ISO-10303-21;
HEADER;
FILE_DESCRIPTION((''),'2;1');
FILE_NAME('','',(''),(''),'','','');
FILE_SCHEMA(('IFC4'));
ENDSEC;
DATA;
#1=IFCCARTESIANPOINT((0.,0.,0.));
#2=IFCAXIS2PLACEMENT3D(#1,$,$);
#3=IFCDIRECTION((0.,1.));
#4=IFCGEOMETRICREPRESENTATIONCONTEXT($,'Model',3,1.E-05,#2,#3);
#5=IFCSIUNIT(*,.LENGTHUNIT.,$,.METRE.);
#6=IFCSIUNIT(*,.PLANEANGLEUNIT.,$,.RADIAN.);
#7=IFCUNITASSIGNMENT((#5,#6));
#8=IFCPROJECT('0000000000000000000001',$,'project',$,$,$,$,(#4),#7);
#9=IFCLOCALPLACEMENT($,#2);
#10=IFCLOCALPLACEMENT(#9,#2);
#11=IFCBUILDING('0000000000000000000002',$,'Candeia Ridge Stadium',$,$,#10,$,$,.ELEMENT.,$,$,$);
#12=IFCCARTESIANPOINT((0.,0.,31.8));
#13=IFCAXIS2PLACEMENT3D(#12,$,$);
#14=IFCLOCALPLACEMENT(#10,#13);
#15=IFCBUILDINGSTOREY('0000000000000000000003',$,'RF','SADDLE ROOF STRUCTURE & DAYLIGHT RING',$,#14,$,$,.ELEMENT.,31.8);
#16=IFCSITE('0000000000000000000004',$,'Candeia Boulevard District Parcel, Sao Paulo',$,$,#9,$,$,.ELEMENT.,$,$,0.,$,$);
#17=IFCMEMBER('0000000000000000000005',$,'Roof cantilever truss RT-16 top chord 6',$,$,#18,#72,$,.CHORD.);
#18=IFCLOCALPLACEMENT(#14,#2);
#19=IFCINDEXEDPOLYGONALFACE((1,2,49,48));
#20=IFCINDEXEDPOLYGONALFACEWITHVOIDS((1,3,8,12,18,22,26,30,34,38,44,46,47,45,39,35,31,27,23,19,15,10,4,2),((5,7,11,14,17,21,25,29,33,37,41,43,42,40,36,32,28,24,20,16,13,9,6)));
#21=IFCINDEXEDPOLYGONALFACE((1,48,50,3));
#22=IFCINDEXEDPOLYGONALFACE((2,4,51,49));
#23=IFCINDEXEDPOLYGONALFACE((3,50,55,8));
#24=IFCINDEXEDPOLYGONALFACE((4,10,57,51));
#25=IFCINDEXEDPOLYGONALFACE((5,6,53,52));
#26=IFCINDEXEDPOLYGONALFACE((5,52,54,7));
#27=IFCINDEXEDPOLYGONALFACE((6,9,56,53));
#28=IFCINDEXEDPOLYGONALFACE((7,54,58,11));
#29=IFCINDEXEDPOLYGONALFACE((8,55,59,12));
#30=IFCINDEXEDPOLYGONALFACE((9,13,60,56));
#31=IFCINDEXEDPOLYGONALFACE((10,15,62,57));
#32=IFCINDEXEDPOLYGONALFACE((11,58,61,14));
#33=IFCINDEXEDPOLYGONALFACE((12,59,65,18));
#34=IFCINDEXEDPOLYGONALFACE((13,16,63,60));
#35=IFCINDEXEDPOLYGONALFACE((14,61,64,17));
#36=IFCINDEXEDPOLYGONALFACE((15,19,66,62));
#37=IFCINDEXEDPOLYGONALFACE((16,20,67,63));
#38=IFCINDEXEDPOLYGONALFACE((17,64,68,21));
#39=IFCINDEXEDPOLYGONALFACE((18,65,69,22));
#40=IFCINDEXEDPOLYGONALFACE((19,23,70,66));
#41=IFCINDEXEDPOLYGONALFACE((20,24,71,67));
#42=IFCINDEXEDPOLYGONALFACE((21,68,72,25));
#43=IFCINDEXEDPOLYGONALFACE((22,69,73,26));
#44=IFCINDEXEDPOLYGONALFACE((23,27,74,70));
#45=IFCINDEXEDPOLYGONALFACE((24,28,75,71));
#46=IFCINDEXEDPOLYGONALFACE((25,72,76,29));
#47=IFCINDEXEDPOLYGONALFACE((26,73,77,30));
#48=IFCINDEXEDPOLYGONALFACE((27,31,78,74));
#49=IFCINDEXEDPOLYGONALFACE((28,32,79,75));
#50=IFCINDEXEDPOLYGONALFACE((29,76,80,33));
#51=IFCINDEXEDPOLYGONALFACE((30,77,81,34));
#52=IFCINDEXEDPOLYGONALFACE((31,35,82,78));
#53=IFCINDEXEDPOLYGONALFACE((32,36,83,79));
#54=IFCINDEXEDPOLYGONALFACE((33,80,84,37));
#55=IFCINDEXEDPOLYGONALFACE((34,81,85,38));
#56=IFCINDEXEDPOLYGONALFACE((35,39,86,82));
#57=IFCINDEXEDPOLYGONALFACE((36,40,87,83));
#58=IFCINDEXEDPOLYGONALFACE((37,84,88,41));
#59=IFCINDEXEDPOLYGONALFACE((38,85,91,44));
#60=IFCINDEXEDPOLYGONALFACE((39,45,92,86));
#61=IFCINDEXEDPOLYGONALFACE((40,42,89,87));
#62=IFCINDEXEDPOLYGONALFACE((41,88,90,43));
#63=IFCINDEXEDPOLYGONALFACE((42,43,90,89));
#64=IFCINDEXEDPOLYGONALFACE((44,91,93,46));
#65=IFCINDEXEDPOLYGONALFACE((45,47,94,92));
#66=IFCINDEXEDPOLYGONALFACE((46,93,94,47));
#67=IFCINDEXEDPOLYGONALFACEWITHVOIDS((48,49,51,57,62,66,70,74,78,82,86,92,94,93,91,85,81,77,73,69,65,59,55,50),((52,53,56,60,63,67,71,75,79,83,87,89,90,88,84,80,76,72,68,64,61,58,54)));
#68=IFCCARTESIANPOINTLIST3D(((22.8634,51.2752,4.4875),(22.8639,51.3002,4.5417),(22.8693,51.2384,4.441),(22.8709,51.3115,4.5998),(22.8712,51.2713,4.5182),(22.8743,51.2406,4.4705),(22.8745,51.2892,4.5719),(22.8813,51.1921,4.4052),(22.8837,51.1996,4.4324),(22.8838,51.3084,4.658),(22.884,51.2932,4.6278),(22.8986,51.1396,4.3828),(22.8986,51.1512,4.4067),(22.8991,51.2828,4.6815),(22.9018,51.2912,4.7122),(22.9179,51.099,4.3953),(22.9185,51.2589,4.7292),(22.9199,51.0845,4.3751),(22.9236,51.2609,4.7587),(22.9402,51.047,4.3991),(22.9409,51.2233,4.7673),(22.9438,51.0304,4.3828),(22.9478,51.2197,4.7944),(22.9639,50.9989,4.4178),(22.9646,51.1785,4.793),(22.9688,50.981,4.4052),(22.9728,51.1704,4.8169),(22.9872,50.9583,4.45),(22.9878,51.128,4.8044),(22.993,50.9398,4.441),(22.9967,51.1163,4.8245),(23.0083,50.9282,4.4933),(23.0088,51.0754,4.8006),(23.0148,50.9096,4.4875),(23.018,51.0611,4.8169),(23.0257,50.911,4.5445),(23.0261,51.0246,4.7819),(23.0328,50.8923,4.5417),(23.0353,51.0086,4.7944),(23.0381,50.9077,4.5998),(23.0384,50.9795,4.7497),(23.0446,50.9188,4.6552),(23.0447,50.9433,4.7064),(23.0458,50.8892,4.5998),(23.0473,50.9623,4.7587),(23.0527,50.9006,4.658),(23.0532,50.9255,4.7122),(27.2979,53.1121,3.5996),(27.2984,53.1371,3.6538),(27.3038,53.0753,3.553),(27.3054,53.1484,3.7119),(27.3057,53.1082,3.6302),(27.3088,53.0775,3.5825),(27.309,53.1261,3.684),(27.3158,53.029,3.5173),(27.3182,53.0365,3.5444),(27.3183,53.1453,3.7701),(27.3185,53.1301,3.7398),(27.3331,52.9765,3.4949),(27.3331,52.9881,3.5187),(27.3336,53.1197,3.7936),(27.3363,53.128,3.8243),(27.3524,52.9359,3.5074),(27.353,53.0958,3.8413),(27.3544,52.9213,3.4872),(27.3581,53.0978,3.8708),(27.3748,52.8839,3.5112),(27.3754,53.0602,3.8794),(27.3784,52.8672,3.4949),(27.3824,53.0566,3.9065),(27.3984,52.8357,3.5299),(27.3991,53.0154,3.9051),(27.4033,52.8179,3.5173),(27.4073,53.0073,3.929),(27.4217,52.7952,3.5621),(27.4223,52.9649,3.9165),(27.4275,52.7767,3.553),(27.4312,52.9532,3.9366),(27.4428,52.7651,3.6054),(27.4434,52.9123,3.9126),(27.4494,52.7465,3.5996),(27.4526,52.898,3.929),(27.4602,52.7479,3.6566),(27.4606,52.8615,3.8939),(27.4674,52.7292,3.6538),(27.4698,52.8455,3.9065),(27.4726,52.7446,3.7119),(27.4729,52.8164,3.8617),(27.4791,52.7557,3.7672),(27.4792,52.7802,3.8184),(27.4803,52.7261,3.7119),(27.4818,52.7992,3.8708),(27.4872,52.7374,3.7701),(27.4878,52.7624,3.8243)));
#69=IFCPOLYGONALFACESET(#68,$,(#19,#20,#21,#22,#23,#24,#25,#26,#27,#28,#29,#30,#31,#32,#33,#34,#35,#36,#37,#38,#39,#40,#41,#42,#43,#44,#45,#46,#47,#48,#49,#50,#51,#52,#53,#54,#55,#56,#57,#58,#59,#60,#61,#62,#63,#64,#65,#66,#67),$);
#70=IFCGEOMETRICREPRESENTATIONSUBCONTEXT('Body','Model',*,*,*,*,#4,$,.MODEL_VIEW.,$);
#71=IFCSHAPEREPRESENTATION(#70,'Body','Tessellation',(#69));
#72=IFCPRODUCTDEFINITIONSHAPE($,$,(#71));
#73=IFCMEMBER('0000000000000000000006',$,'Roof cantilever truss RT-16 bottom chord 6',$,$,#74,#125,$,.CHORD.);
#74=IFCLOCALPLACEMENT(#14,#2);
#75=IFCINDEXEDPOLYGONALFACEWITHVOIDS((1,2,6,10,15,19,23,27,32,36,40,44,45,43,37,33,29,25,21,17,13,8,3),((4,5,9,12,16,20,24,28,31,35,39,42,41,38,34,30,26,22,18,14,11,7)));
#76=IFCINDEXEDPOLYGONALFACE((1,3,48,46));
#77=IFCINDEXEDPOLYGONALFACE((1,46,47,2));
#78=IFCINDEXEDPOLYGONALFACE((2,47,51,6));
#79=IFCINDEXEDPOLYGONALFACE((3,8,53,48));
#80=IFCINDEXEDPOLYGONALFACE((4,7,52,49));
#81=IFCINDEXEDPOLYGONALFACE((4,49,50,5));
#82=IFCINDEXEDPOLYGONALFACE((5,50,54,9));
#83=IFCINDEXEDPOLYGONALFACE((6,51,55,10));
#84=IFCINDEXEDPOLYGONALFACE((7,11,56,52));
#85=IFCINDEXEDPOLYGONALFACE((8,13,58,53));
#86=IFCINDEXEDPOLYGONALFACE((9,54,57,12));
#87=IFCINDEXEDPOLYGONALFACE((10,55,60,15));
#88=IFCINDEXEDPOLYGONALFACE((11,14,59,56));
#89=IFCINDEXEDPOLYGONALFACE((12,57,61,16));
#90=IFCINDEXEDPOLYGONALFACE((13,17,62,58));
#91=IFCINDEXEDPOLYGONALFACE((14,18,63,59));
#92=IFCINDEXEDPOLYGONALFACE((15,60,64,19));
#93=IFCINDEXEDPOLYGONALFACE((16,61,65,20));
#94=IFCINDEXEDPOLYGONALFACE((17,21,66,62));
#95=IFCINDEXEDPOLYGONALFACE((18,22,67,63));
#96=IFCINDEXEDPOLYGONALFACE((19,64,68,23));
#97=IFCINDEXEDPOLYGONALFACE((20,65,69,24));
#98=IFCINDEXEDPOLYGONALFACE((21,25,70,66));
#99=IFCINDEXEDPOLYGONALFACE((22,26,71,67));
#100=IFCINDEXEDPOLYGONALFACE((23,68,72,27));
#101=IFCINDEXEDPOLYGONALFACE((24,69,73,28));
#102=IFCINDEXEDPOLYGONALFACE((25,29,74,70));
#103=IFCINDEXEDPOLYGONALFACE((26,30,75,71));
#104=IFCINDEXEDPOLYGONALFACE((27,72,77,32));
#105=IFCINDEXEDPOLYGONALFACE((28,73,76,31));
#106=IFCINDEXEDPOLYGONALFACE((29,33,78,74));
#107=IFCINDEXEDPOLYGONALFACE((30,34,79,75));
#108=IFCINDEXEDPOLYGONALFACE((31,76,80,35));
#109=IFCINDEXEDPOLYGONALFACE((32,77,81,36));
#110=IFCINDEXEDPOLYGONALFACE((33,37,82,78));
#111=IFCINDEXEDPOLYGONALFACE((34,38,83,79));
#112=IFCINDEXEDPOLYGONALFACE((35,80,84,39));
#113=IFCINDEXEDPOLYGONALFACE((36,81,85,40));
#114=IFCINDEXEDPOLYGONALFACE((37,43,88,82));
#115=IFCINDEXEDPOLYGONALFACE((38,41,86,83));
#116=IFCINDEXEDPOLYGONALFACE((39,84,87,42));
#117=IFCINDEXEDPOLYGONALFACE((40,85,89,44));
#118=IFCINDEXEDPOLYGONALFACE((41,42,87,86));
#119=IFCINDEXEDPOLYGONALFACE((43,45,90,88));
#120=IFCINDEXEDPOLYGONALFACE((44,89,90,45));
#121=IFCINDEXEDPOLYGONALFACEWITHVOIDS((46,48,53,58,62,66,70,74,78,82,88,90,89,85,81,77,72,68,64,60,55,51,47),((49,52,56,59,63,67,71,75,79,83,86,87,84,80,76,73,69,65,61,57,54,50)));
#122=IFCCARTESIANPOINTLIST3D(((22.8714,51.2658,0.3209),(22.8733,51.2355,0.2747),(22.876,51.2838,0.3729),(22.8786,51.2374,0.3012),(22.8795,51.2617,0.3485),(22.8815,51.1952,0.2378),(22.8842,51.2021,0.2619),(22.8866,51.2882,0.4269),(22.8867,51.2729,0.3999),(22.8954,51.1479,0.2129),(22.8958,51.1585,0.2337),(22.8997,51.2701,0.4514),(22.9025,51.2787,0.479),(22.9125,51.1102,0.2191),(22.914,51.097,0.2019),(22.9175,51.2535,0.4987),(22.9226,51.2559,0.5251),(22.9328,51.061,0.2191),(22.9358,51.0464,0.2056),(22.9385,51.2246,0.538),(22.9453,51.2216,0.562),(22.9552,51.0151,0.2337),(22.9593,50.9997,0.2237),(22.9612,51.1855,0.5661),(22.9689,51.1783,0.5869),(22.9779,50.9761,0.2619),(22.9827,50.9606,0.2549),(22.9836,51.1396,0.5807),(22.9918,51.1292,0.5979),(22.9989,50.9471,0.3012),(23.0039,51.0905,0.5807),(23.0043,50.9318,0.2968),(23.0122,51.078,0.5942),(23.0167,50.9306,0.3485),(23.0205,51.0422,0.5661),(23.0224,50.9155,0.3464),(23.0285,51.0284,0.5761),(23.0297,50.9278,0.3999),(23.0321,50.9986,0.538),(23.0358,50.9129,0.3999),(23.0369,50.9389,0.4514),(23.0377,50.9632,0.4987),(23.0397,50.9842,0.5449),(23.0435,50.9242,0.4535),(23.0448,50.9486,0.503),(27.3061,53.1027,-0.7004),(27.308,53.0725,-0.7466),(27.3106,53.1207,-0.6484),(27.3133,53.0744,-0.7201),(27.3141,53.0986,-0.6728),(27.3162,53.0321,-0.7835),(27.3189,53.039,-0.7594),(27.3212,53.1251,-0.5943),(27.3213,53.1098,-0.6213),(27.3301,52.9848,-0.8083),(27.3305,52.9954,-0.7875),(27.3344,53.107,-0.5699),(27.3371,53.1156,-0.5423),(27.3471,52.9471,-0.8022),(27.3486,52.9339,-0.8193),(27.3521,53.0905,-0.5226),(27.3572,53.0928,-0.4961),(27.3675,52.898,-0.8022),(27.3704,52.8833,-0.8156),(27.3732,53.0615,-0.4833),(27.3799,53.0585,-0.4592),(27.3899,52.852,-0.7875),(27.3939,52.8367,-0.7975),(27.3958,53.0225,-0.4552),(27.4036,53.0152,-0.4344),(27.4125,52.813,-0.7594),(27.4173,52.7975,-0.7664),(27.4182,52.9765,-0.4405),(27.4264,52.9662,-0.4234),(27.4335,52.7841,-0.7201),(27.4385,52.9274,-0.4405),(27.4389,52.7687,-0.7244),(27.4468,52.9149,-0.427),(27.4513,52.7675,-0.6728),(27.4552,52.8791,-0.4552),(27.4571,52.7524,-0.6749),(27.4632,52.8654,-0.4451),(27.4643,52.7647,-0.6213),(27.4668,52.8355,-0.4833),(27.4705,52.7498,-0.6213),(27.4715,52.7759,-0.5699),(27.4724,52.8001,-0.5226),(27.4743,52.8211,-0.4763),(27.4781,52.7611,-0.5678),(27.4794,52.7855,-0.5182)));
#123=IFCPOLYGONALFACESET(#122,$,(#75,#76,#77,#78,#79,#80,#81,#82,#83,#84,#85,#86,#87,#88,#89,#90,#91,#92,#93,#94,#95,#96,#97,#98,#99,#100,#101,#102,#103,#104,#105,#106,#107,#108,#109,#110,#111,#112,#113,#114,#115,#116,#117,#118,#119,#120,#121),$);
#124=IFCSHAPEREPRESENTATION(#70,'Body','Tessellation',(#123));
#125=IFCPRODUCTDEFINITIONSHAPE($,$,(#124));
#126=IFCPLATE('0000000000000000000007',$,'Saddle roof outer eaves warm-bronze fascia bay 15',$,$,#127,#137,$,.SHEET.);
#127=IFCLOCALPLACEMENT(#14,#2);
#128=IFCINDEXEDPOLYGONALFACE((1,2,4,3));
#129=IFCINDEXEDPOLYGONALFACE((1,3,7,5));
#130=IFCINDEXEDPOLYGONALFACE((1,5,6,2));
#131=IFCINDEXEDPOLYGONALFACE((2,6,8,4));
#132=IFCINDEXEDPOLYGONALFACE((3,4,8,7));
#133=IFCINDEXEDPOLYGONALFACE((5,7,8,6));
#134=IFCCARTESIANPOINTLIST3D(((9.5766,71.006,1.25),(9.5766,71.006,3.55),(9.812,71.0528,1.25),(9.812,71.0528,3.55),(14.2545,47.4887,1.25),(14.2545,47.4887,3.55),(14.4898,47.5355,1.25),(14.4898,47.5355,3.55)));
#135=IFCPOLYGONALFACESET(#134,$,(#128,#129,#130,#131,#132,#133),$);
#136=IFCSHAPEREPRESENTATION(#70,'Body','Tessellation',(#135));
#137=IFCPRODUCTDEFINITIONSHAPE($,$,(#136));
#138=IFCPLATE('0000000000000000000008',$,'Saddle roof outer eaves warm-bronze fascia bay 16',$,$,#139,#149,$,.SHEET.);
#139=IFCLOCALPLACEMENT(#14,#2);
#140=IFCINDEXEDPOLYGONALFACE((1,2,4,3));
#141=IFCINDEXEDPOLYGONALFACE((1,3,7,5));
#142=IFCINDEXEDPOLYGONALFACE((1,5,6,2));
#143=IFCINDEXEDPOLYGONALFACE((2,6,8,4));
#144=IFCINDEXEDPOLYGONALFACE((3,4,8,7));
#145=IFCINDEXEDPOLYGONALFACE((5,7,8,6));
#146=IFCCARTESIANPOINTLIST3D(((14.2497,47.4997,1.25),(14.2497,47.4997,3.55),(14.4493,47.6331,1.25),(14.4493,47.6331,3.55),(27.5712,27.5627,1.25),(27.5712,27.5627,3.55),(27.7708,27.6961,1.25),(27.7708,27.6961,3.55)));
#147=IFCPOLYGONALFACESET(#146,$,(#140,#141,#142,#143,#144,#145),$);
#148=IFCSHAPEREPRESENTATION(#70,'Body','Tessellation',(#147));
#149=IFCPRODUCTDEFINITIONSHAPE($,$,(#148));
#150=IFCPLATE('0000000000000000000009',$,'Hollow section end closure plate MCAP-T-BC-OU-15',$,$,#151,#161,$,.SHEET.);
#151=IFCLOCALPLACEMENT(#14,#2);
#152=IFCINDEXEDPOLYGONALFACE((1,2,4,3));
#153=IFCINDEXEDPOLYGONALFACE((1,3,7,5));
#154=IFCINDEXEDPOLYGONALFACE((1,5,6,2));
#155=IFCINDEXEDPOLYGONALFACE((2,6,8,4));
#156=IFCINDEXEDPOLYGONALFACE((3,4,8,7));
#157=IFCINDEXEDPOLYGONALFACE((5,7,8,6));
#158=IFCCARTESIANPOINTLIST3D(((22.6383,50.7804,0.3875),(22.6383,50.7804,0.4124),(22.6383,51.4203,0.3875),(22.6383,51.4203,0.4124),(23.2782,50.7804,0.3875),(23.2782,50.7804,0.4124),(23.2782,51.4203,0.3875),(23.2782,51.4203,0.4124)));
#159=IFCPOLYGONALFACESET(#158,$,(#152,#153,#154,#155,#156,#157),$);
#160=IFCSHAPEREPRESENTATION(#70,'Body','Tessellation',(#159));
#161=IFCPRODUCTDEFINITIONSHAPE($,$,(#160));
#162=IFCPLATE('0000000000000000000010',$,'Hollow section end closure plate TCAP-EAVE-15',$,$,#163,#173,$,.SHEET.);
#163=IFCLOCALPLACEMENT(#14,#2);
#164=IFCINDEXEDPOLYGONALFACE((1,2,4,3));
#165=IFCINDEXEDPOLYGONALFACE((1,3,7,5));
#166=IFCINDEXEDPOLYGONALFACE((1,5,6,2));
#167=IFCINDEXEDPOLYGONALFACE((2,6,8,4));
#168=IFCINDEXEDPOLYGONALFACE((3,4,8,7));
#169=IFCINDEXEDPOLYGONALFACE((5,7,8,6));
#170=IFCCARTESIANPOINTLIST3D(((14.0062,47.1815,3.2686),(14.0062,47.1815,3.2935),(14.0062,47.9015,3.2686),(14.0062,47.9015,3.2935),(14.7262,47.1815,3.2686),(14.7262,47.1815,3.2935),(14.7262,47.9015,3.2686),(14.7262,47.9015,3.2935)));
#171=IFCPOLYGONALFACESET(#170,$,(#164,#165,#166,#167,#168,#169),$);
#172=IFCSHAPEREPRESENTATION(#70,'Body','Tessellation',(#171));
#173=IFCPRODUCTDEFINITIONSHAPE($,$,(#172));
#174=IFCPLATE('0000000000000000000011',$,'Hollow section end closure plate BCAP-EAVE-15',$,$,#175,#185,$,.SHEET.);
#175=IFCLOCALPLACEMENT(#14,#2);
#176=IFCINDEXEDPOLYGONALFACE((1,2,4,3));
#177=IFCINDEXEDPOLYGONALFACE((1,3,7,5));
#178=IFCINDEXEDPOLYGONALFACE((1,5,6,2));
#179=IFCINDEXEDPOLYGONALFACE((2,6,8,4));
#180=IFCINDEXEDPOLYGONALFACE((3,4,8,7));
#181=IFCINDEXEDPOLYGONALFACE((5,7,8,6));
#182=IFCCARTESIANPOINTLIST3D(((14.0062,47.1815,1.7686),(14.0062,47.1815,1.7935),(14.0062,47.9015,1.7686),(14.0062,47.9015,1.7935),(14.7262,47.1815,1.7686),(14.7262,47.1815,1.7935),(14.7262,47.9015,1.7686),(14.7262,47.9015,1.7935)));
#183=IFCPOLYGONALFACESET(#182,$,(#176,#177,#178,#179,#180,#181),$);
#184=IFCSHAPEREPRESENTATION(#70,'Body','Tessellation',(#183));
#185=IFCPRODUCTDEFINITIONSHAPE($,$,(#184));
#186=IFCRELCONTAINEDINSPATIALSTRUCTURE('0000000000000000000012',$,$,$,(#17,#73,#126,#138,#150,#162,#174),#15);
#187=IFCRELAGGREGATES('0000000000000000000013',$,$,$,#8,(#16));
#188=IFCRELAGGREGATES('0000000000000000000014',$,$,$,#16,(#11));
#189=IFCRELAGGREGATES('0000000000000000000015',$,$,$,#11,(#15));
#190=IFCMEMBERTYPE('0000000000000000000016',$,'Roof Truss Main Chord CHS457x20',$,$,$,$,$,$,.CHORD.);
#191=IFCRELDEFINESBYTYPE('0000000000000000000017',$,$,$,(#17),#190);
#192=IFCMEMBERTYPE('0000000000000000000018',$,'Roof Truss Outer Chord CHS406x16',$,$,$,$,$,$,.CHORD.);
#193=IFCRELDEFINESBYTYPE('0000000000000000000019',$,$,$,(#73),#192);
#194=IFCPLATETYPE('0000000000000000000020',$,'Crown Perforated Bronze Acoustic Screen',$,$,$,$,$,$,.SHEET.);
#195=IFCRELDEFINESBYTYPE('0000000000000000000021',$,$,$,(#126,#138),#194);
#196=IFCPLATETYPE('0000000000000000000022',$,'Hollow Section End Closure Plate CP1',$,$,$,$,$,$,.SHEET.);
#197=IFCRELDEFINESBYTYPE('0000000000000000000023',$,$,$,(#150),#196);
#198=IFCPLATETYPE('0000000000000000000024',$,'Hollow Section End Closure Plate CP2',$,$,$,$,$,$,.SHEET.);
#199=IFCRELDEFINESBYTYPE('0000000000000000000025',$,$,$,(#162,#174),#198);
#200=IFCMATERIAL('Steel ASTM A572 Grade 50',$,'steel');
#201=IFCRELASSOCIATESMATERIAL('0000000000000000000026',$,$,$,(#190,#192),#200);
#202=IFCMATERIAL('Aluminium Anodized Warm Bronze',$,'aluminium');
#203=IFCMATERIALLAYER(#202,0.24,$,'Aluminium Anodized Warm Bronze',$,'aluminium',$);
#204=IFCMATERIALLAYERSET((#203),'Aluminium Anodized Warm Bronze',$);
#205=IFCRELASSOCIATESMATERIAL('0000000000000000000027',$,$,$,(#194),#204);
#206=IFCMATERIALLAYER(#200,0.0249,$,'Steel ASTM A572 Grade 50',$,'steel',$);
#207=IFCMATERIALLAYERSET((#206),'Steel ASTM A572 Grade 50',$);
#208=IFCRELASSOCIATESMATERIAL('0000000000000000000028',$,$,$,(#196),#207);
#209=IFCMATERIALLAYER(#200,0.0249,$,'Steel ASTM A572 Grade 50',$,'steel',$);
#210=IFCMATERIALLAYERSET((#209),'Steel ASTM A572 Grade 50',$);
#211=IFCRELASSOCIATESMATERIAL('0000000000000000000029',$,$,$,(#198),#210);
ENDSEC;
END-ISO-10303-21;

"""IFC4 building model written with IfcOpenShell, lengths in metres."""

from ifc_helpers import new_model, si_unit, direction, frame, origin, origin_2d, place, context, subcontext, project, spatial, rectangle, hollow_circle, extrude, material, layer, layer_set, material_profile, profile_set, type_object, element, save


model = new_model("IFC4")

# Units and contexts
model_context = context("Model", 3, precision=1e-05, world=origin(), true_north=direction((0.0, 1.0)))
body_context = subcontext(model_context, "Body", "Model", "MODEL_VIEW")
ifc_project = project(units=[si_unit("LENGTHUNIT", "METRE"), si_unit("PLANEANGLEUNIT", "RADIAN")], contexts=[model_context])

# Site, building, storey
site_placement = place(None, origin())
site = spatial("IfcSite", under=ifc_project, at=site_placement, Name="Candeia Boulevard District Parcel, Sao Paulo", CompositionType="ELEMENT", RefElevation=0.0)
building_placement = place(site_placement, origin())
building = spatial("IfcBuilding", under=site, at=building_placement, Name="Candeia Ridge Stadium", CompositionType="ELEMENT")
storey_placement = place(building_placement, frame((0.0, 0.0, 31.8)))
storey = spatial("IfcBuildingStorey", under=building, at=storey_placement, Name="RF", Description="SADDLE ROOF STRUCTURE & DAYLIGHT RING", CompositionType="ELEMENT", Elevation=31.8)

# Shared definitions
ifc_material_1 = material(Name="Steel ASTM A572 Grade 50", Category="steel")

# Members
ifc_material_profile_1 = material_profile(ifc_material_1, hollow_circle(Radius=0.2285, WallThickness=0.02, at=origin_2d()), Name="CHS457x20", Category="steel")
ifc_profile_set_1 = profile_set([ifc_material_profile_1], Name="Steel ASTM A572 Grade 50")
member_type_1 = type_object("IfcMemberType", Name="Roof Truss Main Chord CHS457x20", PredefinedType="CHORD", material=ifc_profile_set_1)
member_1_placement = place(storey_placement, frame((27.3928, 52.9373, 3.7119), z_axis=(-0.908462, -0.376309, 0.181902), x_axis=(0.382693, -0.923875, 0.0)))
element("IfcMember", 1, at=member_1_placement, inside=storey, type_object=member_type_1, Name="Roof cantilever truss RT-16 top chord 6", PredefinedType="CHORD", context=body_context, shape_type="SweptSolid", body=[
    extrude(hollow_circle(Radius=0.2285, WallThickness=0.02, at=origin_2d()), origin(), (0.0, 0.0, 1.0), 4.8813),
])
ifc_material_profile_2 = material_profile(ifc_material_1, hollow_circle(Radius=0.2029, WallThickness=0.0161, at=origin_2d()), Name="CHS406x16", Category="steel")
ifc_profile_set_2 = profile_set([ifc_material_profile_2], Name="Steel ASTM A572 Grade 50")
member_type_2 = type_object("IfcMemberType", Name="Roof Truss Outer Chord CHS406x16", PredefinedType="CHORD", material=ifc_profile_set_2)
member_2_placement = place(storey_placement, frame((27.3928, 52.9373, -0.6213), z_axis=(-0.903649, -0.374315, 0.208102), x_axis=(0.382693, -0.923875, 0.0)))
element("IfcMember", 2, at=member_2_placement, inside=storey, type_object=member_type_2, Name="Roof cantilever truss RT-16 bottom chord 6", PredefinedType="CHORD", context=body_context, shape_type="SweptSolid", body=[
    extrude(hollow_circle(Radius=0.2029, WallThickness=0.0161, at=origin_2d()), origin(), (0.0, 0.0, 1.0), 4.9075),
])

# Plates
ifc_material_2 = material(Name="Aluminium Anodized Warm Bronze", Category="aluminium")
ifc_layer_1 = layer(ifc_material_2, 0.24, Name="Aluminium Anodized Warm Bronze", Category="aluminium")
ifc_layer_set_1 = layer_set([ifc_layer_1], Name="Aluminium Anodized Warm Bronze")
plate_type_1 = type_object("IfcPlateType", Name="Crown Perforated Bronze Acoustic Screen", PredefinedType="SHEET", material=ifc_layer_set_1)
for number, where, z_axis, x_axis, name in (
    (3, (12.0332, 59.2708, 1.25), (0.0, 0.0, 1.0), (0.19509, -0.980785, 0.0), "Saddle roof outer eaves warm-bronze fascia bay 15"),
    (4, (21.0103, 37.5979, 1.25), (0.0, 0.0, 1.0), (0.55557, -0.83147, 0.0), "Saddle roof outer eaves warm-bronze fascia bay 16"),
):
    element("IfcPlate", number, at=place(storey_placement, frame(where, z_axis=z_axis, x_axis=x_axis)), inside=storey, type_object=plate_type_1, Name=name, PredefinedType="SHEET", context=body_context, shape_type="SweptSolid", body=[
        extrude(rectangle(XDim=23.978, YDim=0.24, at=origin_2d()), origin(), (0.0, 0.0, 1.0), 2.3),
    ])
ifc_layer_2 = layer(ifc_material_1, 0.0249, Name="Steel ASTM A572 Grade 50", Category="steel")
ifc_layer_set_2 = layer_set([ifc_layer_2], Name="Steel ASTM A572 Grade 50")
plate_type_2 = type_object("IfcPlateType", Name="Hollow Section End Closure Plate CP1", PredefinedType="SHEET", material=ifc_layer_set_2)
plate_1_placement = place(storey_placement, frame((22.9583, 51.1003, 0.3875), z_axis=(0.0, 0.0, 1.0), x_axis=(1.0, 0.0, 0.0)))
element("IfcPlate", 5, at=plate_1_placement, inside=storey, type_object=plate_type_2, Name="Hollow section end closure plate MCAP-T-BC-OU-15", PredefinedType="SHEET", context=body_context, shape_type="SweptSolid", body=[
    extrude(rectangle(XDim=0.6399, YDim=0.6399, at=origin_2d()), origin(), (0.0, 0.0, 1.0), 0.0249),
])
ifc_layer_3 = layer(ifc_material_1, 0.0249, Name="Steel ASTM A572 Grade 50", Category="steel")
ifc_layer_set_3 = layer_set([ifc_layer_3], Name="Steel ASTM A572 Grade 50")
plate_type_3 = type_object("IfcPlateType", Name="Hollow Section End Closure Plate CP2", PredefinedType="SHEET", material=ifc_layer_set_3)
for number, where, z_axis, x_axis, name in (
    (6, (14.3662, 47.5415, 3.2686), (0.0, 0.0, 1.0), (1.0, 0.0, 0.0), "Hollow section end closure plate TCAP-EAVE-15"),
    (7, (14.3662, 47.5415, 1.7686), (0.0, 0.0, 1.0), (1.0, 0.0, 0.0), "Hollow section end closure plate BCAP-EAVE-15"),
):
    element("IfcPlate", number, at=place(storey_placement, frame(where, z_axis=z_axis, x_axis=x_axis)), inside=storey, type_object=plate_type_3, Name=name, PredefinedType="SHEET", context=body_context, shape_type="SweptSolid", body=[
        extrude(rectangle(XDim=0.72, YDim=0.72, at=origin_2d()), origin(), (0.0, 0.0, 1.0), 0.0249),
    ])

save(model, "model.ifc")
